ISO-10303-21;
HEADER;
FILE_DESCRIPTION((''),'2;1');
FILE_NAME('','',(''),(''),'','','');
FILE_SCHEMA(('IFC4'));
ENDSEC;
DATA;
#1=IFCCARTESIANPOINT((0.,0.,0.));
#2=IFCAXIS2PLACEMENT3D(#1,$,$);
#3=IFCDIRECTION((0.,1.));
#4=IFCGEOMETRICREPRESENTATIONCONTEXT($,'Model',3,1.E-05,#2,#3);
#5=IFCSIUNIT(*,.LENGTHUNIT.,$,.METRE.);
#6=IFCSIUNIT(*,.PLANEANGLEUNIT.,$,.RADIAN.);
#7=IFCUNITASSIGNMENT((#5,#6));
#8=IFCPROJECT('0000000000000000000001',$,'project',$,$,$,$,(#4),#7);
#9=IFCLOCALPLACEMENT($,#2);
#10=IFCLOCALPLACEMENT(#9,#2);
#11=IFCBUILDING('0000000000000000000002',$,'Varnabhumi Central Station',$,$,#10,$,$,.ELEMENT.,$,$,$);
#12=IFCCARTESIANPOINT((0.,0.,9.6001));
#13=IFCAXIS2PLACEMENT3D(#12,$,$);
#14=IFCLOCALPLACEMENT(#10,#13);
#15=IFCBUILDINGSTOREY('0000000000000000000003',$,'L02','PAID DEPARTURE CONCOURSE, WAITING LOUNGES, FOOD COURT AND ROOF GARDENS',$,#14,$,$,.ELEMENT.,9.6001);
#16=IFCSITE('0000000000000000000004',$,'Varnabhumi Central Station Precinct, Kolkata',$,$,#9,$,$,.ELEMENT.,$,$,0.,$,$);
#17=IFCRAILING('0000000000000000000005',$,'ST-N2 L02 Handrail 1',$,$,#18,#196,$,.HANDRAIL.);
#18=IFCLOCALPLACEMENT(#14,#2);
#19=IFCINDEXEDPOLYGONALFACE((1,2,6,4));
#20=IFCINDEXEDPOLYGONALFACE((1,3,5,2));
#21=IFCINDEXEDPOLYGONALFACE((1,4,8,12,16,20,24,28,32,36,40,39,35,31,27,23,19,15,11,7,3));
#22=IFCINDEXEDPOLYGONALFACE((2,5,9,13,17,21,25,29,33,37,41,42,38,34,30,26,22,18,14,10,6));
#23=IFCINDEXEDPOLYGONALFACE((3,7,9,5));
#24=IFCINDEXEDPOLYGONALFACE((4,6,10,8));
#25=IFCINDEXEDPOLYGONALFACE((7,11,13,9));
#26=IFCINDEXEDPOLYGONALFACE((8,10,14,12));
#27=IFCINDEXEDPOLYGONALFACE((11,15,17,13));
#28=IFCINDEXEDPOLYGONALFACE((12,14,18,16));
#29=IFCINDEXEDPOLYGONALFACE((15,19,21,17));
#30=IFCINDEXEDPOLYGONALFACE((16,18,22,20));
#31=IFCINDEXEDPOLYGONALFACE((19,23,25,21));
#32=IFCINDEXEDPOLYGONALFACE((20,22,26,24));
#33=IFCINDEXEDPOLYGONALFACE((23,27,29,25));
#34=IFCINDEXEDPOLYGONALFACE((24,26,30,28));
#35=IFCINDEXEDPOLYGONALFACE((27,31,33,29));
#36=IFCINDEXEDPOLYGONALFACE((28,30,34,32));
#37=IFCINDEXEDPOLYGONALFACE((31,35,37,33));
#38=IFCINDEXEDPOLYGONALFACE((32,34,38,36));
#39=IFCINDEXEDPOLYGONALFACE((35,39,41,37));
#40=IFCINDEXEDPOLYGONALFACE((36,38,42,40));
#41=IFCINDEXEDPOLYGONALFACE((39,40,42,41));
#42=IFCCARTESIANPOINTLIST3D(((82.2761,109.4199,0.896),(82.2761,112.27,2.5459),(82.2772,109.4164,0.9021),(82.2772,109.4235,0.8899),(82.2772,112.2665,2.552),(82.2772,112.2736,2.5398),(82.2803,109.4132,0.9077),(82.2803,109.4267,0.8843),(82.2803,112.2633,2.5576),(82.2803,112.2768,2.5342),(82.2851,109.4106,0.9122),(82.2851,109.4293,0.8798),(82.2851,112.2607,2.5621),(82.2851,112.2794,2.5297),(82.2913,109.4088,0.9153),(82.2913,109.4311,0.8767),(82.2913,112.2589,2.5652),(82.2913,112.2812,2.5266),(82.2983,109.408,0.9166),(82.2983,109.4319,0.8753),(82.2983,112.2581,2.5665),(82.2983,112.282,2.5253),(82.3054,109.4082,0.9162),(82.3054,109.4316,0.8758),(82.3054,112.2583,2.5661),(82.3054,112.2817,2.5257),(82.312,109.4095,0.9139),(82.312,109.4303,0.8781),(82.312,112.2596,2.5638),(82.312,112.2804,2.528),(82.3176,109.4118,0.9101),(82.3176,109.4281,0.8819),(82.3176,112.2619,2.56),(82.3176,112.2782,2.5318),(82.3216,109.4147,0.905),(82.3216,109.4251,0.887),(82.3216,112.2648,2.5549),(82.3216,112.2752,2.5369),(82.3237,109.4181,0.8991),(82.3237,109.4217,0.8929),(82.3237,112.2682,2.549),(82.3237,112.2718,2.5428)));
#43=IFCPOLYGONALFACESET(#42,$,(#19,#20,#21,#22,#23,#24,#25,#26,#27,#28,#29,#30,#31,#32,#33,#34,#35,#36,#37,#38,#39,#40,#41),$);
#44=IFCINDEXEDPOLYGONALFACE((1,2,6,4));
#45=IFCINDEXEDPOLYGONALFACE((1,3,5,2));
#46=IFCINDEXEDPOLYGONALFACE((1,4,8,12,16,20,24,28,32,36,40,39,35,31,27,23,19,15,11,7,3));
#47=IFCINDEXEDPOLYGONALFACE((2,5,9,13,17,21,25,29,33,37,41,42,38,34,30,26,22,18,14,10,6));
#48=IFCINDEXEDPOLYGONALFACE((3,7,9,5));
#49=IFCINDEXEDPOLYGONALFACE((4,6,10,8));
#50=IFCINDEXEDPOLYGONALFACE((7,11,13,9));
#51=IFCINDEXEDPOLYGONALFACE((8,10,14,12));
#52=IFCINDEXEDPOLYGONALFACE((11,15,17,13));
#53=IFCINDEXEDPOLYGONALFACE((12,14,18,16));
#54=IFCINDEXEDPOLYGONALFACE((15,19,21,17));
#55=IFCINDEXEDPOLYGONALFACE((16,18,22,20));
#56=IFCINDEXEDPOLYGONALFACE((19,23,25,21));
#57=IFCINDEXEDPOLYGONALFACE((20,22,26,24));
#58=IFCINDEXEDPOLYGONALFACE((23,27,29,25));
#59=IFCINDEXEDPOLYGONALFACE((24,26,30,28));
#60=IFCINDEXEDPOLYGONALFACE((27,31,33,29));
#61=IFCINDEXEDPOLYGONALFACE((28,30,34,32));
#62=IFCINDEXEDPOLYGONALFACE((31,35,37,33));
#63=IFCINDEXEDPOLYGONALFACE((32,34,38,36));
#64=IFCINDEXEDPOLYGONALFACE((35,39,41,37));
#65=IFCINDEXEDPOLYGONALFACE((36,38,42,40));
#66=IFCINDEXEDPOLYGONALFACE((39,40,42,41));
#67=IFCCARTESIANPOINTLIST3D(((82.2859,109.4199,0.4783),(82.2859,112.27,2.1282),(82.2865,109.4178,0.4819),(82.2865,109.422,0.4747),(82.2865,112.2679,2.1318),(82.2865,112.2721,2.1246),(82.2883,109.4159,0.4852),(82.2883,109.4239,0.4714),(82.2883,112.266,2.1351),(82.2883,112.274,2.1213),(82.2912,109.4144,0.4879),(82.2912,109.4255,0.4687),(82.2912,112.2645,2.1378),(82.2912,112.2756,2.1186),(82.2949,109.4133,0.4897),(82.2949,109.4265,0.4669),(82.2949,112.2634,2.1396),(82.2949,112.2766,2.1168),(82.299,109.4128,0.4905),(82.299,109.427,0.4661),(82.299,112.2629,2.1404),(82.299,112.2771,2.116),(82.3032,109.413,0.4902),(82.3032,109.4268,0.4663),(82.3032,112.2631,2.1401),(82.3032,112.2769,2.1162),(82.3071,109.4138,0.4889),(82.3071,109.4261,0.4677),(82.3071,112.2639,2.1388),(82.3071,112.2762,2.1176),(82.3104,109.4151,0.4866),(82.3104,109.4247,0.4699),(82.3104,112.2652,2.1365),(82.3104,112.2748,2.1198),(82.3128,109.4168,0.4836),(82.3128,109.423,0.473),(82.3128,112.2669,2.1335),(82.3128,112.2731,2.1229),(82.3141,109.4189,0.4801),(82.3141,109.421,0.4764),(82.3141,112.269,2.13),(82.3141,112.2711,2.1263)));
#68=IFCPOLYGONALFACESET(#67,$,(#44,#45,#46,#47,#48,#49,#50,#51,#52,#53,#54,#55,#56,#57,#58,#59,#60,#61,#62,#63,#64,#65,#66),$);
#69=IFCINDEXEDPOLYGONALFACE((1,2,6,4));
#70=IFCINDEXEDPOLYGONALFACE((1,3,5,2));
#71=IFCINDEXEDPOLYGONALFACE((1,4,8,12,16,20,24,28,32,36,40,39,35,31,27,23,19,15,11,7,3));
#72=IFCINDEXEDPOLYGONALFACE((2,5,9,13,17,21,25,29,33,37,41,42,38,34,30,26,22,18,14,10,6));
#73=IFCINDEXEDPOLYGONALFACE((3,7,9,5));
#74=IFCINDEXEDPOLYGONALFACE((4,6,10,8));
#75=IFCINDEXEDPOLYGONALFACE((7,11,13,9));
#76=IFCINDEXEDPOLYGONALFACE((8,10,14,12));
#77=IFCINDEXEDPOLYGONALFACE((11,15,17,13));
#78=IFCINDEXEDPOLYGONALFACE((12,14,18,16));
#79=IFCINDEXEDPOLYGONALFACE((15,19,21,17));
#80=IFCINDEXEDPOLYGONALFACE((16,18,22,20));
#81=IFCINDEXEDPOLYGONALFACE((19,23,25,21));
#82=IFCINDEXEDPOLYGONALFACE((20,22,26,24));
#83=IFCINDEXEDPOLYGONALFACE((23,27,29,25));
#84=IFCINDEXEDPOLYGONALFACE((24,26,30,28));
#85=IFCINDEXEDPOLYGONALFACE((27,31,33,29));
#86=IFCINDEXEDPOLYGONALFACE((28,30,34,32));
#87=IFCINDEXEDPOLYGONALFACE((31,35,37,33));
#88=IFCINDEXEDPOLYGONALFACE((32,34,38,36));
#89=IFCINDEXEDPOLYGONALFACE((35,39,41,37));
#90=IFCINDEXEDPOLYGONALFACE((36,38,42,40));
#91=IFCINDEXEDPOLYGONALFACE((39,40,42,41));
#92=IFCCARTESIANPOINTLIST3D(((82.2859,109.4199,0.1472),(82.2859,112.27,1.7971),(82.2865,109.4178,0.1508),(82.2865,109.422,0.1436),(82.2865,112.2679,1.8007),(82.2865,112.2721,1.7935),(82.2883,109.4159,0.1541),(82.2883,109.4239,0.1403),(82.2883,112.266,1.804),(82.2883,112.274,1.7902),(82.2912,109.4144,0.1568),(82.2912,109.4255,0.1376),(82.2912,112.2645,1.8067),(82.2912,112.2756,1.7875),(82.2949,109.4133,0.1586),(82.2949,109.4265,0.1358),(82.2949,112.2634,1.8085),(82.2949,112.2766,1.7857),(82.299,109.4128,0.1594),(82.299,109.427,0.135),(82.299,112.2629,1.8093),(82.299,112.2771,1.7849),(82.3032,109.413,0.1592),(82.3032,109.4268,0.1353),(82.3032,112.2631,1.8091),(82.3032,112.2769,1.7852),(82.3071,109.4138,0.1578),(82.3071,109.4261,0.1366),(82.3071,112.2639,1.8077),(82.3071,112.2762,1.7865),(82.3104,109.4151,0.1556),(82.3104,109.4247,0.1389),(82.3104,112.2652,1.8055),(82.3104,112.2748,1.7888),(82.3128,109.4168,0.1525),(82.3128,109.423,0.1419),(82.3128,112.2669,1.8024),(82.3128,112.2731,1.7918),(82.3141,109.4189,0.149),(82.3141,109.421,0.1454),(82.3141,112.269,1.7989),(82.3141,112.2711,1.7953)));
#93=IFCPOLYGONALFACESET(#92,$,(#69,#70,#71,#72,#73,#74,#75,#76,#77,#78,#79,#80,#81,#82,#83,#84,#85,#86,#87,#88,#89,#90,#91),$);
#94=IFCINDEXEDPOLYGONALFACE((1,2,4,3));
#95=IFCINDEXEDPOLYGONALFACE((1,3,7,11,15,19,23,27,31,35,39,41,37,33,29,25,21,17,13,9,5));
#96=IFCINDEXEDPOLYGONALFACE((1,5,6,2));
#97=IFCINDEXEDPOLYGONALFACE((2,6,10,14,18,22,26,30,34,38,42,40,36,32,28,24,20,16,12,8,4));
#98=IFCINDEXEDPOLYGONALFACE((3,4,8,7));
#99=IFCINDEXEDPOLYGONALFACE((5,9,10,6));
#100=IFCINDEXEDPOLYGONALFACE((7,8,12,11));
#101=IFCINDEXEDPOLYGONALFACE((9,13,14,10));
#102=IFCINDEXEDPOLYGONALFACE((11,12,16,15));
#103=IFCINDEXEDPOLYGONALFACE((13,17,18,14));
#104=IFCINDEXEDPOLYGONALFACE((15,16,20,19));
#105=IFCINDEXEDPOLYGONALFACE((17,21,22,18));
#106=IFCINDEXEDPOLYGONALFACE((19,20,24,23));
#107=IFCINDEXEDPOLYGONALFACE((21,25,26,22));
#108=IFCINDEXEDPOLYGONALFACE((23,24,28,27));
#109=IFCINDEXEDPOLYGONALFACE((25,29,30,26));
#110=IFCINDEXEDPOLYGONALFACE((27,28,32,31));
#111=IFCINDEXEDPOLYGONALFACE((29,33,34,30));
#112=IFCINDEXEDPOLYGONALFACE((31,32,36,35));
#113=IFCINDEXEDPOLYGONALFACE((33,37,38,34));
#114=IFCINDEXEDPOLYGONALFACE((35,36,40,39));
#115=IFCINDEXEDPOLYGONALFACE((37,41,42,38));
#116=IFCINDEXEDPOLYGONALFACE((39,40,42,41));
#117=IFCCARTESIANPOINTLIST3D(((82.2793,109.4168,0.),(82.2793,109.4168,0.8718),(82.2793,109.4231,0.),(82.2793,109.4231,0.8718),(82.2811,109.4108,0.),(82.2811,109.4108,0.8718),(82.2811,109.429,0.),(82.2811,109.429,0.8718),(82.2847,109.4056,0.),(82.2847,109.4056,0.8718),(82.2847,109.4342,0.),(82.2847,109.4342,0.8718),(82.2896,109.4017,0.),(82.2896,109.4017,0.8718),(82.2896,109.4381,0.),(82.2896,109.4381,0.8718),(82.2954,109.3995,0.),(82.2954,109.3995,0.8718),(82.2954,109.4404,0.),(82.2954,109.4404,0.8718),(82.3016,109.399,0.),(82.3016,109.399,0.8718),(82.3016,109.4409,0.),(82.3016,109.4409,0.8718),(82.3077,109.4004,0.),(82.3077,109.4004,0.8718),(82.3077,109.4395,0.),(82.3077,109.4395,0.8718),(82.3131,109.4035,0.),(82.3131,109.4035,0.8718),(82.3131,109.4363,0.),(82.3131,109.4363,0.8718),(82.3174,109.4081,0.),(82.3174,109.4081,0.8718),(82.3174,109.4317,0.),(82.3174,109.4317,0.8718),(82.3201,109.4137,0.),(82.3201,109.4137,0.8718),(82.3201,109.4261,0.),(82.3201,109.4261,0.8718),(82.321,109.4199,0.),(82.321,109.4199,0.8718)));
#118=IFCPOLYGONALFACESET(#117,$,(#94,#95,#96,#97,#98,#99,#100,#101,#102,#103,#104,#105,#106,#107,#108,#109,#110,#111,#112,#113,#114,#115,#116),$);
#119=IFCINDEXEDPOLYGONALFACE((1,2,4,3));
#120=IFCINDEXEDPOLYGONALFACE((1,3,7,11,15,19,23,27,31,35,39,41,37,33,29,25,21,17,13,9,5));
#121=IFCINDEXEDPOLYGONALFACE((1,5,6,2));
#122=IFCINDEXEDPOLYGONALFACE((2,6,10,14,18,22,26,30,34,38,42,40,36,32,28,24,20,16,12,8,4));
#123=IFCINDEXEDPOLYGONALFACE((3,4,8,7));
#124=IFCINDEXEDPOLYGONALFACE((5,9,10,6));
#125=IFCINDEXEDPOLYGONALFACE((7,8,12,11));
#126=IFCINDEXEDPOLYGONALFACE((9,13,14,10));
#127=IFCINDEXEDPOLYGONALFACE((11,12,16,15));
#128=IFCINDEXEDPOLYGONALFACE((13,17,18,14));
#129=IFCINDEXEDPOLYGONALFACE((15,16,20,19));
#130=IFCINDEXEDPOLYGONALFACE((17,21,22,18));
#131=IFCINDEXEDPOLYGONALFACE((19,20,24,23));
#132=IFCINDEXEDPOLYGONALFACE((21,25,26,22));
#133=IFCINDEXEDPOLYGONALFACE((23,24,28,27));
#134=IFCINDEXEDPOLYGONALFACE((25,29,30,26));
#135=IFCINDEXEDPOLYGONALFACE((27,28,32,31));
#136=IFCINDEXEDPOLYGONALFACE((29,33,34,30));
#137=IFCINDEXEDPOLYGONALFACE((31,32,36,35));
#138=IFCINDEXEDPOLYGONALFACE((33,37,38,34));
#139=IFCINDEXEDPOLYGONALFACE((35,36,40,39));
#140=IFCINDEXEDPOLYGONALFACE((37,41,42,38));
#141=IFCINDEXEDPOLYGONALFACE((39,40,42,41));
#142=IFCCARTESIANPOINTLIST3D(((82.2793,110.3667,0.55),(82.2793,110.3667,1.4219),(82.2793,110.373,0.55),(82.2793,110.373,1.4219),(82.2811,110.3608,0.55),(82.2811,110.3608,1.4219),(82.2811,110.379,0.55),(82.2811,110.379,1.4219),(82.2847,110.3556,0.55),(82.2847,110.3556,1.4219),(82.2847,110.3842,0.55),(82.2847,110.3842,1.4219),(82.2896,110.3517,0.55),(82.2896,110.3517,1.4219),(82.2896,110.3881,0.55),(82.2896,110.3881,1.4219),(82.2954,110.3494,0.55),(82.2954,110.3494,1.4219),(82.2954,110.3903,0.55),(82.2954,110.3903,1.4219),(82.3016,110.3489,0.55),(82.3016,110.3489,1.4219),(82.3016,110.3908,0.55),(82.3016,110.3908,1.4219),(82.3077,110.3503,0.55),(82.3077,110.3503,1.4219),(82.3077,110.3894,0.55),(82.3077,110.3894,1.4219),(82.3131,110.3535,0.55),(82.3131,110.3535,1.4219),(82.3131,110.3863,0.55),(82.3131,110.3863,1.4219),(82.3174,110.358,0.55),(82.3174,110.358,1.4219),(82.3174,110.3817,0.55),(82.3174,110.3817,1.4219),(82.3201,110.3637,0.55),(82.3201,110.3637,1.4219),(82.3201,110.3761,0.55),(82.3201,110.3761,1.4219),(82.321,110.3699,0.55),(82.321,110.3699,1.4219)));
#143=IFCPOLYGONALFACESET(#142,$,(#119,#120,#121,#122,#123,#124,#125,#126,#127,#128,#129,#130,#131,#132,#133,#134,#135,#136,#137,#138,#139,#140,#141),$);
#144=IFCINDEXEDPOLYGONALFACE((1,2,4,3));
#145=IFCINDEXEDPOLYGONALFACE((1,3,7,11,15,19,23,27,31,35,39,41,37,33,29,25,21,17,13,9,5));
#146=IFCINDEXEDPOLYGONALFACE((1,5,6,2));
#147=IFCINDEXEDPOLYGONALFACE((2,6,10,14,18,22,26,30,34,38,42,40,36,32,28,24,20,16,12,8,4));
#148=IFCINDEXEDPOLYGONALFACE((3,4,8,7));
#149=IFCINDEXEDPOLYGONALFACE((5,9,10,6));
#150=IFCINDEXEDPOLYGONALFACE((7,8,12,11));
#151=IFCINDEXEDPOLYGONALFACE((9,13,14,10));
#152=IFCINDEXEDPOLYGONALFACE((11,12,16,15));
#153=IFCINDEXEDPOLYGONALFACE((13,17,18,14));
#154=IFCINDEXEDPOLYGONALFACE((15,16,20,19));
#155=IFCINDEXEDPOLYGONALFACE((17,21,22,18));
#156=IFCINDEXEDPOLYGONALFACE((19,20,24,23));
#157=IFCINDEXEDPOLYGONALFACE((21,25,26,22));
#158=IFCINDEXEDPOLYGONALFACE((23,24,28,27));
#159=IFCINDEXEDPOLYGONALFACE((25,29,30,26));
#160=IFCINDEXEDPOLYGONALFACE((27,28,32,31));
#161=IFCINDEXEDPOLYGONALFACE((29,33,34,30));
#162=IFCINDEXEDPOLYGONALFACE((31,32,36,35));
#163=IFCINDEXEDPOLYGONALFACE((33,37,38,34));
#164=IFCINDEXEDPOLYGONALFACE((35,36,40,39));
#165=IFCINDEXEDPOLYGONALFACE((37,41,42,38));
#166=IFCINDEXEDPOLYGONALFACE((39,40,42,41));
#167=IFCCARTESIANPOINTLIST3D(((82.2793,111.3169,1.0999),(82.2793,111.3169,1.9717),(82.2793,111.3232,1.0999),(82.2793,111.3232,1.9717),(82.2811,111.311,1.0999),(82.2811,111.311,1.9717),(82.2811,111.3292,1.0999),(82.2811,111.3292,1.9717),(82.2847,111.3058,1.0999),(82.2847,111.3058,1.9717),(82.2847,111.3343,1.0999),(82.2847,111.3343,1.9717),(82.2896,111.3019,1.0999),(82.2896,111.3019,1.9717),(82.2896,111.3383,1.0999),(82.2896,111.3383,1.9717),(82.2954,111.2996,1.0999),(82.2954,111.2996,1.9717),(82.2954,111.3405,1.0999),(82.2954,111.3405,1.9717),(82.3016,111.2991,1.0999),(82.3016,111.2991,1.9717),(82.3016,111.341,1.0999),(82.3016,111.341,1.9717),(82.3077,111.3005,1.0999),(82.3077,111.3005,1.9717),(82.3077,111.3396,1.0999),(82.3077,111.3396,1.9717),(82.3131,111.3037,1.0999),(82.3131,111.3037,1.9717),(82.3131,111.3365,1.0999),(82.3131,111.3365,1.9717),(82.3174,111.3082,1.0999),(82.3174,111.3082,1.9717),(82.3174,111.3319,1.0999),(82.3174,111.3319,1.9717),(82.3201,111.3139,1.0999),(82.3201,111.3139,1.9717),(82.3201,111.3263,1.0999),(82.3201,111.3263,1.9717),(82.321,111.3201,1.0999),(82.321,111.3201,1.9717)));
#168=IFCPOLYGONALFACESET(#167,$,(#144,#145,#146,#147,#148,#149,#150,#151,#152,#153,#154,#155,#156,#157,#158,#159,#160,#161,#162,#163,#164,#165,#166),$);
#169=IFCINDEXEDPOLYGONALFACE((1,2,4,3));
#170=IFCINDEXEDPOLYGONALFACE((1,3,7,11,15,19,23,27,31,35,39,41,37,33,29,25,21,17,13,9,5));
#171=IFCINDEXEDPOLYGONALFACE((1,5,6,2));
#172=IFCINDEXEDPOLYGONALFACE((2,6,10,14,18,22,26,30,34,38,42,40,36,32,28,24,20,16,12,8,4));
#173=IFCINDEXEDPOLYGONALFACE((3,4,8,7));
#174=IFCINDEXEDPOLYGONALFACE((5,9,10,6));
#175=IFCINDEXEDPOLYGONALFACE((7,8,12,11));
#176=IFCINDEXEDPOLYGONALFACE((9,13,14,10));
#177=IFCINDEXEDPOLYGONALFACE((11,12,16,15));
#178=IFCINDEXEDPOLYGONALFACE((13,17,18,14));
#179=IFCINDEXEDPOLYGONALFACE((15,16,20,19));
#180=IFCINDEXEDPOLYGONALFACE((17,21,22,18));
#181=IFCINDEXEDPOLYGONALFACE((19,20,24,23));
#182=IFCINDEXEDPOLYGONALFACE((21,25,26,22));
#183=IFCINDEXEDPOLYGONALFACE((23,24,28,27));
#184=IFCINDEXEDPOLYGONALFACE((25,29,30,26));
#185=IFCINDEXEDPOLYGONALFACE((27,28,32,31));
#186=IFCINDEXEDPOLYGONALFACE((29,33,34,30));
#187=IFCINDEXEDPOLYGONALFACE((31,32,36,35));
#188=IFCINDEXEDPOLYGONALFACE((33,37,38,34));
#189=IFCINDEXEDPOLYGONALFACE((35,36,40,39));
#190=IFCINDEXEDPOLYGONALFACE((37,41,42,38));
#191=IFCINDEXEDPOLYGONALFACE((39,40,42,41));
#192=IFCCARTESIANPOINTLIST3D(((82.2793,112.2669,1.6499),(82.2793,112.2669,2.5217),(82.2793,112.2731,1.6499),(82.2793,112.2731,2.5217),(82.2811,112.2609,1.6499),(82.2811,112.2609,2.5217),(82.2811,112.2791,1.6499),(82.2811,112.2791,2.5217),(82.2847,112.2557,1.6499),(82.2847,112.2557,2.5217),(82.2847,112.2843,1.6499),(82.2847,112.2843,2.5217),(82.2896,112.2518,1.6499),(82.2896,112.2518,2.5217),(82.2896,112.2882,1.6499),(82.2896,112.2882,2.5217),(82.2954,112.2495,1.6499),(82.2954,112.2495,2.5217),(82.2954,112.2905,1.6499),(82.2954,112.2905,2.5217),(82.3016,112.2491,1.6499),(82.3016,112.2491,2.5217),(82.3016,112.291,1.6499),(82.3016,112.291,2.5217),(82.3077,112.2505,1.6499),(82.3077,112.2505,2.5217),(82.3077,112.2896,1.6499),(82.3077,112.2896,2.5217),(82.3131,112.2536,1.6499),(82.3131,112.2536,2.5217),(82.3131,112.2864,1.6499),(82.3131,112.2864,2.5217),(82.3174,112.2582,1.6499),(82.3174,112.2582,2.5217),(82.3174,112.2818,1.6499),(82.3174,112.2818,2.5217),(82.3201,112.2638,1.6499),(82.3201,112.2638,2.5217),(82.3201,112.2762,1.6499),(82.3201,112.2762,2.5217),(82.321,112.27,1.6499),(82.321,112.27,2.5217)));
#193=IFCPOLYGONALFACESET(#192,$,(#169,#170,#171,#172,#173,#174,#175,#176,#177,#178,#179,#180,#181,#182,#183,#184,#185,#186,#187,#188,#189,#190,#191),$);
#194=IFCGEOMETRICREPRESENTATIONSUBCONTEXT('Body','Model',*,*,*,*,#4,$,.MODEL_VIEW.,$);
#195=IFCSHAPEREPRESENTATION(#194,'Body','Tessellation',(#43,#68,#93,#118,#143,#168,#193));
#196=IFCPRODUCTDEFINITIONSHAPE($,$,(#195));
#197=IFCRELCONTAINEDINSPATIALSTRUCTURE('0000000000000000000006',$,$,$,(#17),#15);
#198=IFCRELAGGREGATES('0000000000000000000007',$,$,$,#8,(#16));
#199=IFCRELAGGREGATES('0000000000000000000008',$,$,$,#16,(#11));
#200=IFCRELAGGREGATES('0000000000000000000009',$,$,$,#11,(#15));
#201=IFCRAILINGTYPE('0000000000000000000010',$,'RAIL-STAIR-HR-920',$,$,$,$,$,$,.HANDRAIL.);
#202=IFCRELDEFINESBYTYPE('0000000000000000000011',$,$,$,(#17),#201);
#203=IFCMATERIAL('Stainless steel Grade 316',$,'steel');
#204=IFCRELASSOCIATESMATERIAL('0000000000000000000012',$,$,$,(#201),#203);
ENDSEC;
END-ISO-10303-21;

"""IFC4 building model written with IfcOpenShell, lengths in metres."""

from ifc_helpers import new_model, si_unit, direction, frame, origin, origin_2d, place, context, subcontext, project, spatial, circle, extrude, material, type_object, element, save


model = new_model("IFC4")

# Units and contexts
model_context = context("Model", 3, precision=1e-05, world=origin(), true_north=direction((0.0, 1.0)))
body_context = subcontext(model_context, "Body", "Model", "MODEL_VIEW")
ifc_project = project(units=[si_unit("LENGTHUNIT", "METRE"), si_unit("PLANEANGLEUNIT", "RADIAN")], contexts=[model_context])

# Site, building, storey
site_placement = place(None, origin())
site = spatial("IfcSite", under=ifc_project, at=site_placement, Name="Varnabhumi Central Station Precinct, Kolkata", CompositionType="ELEMENT", RefElevation=0.0)
building_placement = place(site_placement, origin())
building = spatial("IfcBuilding", under=site, at=building_placement, Name="Varnabhumi Central Station", CompositionType="ELEMENT")
storey_placement = place(building_placement, frame((0.0, 0.0, 9.6001)))
storey = spatial("IfcBuildingStorey", under=building, at=storey_placement, Name="L02", Description="PAID DEPARTURE CONCOURSE, WAITING LOUNGES, FOOD COURT AND ROOF GARDENS", CompositionType="ELEMENT", Elevation=9.6001)

# Shared definitions
ifc_material_1 = material(Name="Stainless steel Grade 316", Category="steel")

# Railing
railing_type_1 = type_object("IfcRailingType", Name="RAIL-STAIR-HR-920", PredefinedType="HANDRAIL", material=ifc_material_1)
railing_1_placement = place(storey_placement, frame((82.3, 109.4199, 0.0)))
element("IfcRailing", 1, at=railing_1_placement, inside=storey, type_object=railing_type_1, Name="ST-N2 L02 Handrail 1", PredefinedType="HANDRAIL", context=body_context, shape_type="SweptSolid", body=[
    extrude(circle(Radius=0.0239, at=origin_2d()), frame((0.0, 0.0, 0.896), z_axis=(0.0, 0.865447, 0.501001), x_axis=(-1.0, 0.0, 0.0)), (0.0, 0.0, 1.0), 3.2932),
    extrude(circle(Radius=0.0142, at=origin_2d()), frame((0.0, 0.0, 0.4783), z_axis=(0.0, 0.865447, 0.501001), x_axis=(-1.0, 0.0, 0.0)), (0.0, 0.0, 1.0), 3.2932),
    extrude(circle(Radius=0.0142, at=origin_2d()), frame((0.0, 0.0, 0.1472), z_axis=(0.0, 0.865447, 0.501001), x_axis=(-1.0, 0.0, 0.0)), (0.0, 0.0, 1.0), 3.2932),
    extrude(circle(Radius=0.021, at=origin_2d()), origin(), (0.0, 0.0, 1.0), 0.8718),
    extrude(circle(Radius=0.021, at=origin_2d()), frame((0.0, 0.95, 0.55)), (0.0, 0.0, 1.0), 0.8718),
    extrude(circle(Radius=0.021, at=origin_2d()), frame((0.0, 1.9001, 1.0999)), (0.0, 0.0, 1.0), 0.8718),
    extrude(circle(Radius=0.021, at=origin_2d()), frame((0.0, 2.8501, 1.6499)), (0.0, 0.0, 1.0), 0.8718),
])

save(model, "model.ifc")
